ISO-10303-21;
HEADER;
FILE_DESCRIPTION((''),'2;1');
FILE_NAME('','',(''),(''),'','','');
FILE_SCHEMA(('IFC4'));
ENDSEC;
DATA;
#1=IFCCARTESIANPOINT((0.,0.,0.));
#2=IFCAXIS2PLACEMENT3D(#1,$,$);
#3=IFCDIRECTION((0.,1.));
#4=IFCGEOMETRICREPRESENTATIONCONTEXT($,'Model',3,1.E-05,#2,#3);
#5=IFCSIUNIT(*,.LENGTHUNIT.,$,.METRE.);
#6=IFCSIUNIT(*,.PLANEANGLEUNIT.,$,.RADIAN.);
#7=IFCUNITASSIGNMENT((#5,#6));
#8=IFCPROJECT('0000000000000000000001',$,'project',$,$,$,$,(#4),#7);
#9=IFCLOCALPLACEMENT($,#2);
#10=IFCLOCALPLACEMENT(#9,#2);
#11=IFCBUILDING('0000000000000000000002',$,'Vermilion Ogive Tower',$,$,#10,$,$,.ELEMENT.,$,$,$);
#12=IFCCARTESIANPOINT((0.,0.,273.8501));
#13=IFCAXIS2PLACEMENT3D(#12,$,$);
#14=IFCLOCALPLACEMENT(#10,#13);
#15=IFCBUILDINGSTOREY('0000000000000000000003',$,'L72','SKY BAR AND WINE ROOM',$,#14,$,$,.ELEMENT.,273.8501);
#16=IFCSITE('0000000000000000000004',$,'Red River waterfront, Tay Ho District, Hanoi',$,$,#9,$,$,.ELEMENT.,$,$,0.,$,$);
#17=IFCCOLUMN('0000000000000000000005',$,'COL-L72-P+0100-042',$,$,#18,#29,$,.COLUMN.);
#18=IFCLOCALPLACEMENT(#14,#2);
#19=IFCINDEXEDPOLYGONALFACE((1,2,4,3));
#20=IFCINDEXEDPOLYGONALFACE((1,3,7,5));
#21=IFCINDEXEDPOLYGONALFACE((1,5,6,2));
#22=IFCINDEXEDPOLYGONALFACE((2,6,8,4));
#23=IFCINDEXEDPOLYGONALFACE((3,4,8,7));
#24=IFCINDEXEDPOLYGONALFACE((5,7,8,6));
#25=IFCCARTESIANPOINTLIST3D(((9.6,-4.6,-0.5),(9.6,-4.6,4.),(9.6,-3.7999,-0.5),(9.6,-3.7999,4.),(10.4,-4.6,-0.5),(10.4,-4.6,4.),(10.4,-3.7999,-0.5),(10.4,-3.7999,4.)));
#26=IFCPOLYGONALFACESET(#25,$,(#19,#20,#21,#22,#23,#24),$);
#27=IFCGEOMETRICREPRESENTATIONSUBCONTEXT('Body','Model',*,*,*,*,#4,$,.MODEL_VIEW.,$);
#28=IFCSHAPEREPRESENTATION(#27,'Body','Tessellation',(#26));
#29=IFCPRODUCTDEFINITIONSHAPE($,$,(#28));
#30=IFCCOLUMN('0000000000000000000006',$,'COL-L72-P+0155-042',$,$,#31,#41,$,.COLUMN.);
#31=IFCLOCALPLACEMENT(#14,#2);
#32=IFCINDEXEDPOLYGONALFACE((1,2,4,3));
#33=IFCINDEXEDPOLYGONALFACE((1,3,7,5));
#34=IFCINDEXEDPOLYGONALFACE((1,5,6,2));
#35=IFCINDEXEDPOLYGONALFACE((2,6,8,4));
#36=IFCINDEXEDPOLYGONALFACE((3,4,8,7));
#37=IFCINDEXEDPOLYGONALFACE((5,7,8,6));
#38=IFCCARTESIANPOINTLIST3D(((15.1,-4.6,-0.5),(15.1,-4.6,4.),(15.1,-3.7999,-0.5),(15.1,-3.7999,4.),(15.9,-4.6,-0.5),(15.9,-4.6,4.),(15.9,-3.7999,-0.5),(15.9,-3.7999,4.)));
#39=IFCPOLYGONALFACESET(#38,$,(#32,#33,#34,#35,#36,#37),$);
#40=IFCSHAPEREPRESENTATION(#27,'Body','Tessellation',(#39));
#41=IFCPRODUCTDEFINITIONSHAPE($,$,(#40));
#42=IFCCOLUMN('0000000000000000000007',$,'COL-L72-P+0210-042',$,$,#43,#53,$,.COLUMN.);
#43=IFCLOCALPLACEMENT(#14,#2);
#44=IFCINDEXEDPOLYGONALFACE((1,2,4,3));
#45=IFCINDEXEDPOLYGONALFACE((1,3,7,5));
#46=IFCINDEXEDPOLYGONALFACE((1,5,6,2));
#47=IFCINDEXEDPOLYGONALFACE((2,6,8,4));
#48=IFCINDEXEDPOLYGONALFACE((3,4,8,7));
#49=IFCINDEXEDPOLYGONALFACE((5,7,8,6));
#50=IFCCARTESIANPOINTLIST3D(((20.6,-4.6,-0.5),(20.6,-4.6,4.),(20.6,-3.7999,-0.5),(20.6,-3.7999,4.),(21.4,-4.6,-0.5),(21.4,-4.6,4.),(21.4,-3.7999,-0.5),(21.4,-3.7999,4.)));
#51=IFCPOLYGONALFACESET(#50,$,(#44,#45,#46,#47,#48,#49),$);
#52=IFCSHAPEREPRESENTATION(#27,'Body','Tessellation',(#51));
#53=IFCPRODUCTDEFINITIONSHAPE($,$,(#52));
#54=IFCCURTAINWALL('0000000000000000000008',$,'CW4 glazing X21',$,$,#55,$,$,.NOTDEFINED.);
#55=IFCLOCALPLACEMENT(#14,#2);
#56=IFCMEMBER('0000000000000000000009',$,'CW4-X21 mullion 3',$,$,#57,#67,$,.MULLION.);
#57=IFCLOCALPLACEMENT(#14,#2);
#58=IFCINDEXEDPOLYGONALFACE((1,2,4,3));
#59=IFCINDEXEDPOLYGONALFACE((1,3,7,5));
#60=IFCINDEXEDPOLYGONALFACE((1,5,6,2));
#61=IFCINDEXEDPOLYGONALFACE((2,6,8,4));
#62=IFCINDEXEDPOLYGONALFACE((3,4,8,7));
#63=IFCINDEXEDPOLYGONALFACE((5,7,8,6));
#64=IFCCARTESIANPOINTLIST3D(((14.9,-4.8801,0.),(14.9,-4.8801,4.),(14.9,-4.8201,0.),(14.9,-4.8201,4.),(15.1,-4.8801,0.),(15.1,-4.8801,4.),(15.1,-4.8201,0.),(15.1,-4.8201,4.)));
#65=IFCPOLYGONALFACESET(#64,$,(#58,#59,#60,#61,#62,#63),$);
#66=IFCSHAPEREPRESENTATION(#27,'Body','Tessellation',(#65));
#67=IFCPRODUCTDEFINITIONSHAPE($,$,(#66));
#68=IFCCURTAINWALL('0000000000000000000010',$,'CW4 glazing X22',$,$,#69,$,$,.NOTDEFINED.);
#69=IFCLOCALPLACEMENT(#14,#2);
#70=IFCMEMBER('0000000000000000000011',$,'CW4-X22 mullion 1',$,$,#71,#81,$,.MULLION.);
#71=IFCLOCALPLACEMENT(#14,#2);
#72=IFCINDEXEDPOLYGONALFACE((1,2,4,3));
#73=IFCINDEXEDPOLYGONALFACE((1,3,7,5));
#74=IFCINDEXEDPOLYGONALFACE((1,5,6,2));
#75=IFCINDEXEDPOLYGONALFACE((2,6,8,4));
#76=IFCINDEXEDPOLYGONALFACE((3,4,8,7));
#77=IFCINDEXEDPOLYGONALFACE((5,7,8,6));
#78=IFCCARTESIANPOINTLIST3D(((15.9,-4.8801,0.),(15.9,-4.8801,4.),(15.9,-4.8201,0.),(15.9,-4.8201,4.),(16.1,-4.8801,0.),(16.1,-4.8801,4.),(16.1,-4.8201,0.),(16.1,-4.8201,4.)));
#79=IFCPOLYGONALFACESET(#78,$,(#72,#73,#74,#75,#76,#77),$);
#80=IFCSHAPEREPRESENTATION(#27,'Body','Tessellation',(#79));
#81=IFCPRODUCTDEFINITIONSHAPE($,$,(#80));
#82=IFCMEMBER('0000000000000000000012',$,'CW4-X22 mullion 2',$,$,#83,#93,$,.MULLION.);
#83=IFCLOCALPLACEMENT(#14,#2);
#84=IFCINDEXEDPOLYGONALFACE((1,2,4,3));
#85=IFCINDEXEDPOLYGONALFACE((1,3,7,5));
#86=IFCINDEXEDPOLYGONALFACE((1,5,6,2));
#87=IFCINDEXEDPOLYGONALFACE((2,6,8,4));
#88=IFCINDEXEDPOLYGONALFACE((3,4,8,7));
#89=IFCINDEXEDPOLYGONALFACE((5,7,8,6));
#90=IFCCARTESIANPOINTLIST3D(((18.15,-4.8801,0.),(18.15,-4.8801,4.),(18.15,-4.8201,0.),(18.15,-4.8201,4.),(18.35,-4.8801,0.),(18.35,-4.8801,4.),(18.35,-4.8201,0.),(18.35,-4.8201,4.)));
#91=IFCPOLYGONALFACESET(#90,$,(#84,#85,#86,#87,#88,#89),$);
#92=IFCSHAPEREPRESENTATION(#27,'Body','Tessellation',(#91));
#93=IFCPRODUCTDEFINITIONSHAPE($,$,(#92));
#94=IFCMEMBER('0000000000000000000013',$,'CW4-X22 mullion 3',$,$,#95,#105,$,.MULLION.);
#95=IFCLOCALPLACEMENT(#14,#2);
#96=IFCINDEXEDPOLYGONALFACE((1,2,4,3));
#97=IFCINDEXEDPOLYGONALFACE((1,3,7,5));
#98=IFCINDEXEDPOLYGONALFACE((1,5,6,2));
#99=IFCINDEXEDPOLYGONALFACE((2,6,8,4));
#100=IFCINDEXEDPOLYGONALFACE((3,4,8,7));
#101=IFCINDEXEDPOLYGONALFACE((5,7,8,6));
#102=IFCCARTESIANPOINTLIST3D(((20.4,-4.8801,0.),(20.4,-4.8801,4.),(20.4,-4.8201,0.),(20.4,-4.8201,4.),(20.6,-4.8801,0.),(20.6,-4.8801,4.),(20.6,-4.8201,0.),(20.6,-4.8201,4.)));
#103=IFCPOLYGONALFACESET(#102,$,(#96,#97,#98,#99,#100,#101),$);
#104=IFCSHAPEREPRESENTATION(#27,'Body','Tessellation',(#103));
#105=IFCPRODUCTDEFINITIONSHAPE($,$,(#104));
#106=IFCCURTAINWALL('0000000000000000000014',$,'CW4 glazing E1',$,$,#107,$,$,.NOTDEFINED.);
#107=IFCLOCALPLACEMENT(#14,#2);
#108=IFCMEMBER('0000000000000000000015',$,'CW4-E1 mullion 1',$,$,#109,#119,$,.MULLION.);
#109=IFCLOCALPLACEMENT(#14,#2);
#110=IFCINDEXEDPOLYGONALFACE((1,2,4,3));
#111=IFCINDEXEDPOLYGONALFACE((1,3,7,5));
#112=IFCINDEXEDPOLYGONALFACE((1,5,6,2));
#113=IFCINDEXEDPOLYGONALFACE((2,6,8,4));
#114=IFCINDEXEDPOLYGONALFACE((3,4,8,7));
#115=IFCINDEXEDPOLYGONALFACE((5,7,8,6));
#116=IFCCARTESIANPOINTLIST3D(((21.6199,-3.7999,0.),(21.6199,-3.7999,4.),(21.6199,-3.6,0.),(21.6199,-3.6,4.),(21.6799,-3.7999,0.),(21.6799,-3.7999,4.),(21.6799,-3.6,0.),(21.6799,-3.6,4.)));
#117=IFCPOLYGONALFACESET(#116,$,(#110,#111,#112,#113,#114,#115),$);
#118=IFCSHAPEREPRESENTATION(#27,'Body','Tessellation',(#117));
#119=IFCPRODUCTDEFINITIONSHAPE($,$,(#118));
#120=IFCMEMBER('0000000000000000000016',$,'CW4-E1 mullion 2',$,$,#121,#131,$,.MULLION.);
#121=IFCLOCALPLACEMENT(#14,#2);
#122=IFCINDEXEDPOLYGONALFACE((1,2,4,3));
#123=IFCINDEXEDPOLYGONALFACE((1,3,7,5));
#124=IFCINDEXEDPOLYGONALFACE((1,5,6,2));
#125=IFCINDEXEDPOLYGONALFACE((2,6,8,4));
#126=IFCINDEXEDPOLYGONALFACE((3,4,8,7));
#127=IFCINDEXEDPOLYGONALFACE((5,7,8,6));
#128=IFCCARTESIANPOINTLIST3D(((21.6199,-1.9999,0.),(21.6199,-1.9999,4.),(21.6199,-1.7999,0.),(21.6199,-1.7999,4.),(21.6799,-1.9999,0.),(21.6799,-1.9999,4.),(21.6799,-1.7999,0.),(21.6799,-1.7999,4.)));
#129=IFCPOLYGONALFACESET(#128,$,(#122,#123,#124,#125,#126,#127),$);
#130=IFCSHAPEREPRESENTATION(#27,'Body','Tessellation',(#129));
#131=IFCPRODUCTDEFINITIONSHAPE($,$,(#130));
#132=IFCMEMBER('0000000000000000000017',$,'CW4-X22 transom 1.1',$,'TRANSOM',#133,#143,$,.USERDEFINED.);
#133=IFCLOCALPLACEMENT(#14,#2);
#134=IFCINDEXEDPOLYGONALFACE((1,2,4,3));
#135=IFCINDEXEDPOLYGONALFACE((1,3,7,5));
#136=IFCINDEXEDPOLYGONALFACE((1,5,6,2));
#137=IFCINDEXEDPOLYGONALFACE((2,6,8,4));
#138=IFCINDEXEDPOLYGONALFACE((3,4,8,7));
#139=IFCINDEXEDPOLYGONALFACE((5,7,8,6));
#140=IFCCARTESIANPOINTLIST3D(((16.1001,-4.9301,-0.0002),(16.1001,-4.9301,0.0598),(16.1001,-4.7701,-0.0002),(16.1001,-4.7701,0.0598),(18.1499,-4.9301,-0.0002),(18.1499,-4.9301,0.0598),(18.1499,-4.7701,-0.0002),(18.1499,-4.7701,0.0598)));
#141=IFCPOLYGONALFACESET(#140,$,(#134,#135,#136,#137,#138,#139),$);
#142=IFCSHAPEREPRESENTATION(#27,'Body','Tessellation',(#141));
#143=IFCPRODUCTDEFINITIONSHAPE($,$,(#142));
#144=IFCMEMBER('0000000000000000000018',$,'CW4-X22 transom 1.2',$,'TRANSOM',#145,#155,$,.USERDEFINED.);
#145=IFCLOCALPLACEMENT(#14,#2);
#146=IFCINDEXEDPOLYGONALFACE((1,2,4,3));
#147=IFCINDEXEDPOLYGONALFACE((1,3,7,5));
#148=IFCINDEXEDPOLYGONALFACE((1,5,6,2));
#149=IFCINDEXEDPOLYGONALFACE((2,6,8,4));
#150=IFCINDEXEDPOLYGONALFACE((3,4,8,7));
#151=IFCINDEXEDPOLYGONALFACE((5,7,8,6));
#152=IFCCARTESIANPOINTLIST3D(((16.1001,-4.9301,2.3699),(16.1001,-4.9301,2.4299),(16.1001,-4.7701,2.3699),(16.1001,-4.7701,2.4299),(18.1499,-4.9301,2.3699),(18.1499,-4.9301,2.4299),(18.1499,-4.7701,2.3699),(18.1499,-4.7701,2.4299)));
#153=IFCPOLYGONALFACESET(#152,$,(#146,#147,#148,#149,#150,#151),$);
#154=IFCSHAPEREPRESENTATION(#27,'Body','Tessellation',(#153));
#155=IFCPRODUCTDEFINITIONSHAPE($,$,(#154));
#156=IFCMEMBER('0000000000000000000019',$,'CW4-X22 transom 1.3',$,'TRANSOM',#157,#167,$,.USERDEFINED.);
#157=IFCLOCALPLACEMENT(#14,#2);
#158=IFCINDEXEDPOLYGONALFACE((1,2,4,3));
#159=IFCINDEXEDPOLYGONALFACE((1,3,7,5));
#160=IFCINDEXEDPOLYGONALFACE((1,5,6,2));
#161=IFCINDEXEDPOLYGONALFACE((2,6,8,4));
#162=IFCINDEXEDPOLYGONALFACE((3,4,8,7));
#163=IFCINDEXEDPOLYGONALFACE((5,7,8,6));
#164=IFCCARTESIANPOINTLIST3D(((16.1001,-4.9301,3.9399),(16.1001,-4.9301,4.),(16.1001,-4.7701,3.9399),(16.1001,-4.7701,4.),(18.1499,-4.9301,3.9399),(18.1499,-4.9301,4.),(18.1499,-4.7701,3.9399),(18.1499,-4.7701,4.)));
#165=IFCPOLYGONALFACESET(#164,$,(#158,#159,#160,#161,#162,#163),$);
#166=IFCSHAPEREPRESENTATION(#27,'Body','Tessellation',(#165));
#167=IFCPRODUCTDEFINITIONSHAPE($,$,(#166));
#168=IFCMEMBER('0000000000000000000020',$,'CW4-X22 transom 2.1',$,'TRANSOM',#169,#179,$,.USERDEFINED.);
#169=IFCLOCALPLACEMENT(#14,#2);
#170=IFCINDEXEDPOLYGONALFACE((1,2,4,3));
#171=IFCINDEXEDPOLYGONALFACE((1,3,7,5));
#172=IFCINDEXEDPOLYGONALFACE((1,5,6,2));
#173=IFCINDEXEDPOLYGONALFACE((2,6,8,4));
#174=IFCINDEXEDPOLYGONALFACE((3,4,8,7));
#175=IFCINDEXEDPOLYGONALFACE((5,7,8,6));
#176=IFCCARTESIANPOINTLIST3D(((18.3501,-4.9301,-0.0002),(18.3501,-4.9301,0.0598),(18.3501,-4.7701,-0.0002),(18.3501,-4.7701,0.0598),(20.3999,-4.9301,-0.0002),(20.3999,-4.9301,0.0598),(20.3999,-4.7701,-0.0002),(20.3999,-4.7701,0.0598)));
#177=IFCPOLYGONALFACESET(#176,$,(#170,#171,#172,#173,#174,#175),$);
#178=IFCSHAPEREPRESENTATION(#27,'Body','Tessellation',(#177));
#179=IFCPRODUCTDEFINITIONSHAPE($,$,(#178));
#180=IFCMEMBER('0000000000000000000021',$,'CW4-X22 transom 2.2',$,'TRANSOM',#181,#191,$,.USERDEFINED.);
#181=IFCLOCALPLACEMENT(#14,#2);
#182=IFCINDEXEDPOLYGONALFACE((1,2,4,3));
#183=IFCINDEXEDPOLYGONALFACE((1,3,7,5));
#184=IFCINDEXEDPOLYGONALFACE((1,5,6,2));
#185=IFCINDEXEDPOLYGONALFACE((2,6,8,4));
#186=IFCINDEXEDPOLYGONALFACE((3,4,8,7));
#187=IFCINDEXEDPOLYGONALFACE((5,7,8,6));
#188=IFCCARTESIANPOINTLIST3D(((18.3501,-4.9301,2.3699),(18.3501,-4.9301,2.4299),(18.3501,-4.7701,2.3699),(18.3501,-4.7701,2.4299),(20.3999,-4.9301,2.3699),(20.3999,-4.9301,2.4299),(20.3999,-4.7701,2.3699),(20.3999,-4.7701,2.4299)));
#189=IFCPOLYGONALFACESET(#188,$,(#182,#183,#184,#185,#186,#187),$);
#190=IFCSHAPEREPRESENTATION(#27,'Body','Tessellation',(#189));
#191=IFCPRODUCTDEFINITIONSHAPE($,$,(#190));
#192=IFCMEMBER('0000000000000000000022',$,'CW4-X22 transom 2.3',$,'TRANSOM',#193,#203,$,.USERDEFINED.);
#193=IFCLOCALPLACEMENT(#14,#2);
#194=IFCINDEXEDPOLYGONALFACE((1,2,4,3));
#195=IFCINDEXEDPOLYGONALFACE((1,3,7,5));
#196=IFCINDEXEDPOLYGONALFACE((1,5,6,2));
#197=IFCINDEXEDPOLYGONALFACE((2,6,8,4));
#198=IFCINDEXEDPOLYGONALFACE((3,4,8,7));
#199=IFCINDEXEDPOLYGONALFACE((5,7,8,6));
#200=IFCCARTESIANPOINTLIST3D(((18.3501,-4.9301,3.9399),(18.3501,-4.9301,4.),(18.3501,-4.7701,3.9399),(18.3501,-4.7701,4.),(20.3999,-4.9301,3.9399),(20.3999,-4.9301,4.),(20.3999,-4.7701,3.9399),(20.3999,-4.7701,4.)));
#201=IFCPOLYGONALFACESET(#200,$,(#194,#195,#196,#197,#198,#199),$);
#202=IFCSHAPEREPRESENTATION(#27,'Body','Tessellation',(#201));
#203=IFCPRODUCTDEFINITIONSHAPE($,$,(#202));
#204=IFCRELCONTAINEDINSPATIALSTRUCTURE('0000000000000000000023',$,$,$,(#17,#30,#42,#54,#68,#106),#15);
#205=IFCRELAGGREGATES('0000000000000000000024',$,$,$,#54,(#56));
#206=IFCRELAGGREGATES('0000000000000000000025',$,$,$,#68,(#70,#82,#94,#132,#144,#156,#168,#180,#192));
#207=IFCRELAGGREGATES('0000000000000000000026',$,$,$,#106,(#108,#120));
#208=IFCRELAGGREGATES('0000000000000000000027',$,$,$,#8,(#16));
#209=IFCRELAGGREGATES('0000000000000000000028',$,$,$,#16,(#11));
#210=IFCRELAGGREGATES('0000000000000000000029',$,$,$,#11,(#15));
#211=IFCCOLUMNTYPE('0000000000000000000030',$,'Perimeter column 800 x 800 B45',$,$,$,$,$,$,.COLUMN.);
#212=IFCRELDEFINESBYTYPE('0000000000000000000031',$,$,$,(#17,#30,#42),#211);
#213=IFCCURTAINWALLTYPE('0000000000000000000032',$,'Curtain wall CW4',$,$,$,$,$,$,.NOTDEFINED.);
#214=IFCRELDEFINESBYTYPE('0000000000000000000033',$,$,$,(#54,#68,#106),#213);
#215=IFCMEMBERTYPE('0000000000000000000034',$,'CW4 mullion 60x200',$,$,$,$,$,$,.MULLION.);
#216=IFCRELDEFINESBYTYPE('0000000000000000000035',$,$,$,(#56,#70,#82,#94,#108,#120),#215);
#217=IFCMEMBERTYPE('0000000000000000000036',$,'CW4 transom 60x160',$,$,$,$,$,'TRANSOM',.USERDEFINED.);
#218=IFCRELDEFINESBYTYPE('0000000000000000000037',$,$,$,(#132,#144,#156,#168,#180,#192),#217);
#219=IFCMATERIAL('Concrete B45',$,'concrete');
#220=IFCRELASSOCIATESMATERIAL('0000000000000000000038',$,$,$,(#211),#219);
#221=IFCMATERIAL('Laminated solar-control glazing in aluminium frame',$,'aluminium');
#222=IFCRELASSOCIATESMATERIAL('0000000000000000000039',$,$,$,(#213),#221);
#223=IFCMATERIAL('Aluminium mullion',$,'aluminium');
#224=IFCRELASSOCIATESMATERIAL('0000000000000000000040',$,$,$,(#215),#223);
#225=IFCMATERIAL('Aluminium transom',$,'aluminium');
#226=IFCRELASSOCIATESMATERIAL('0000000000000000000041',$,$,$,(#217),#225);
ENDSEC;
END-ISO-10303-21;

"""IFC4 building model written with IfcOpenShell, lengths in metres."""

from ifc_helpers import new_model, si_unit, direction, frame, origin, origin_2d, place, context, subcontext, project, spatial, rectangle, extrude, material, material_profile, profile_set, type_object, element, aggregate, save


model = new_model("IFC4")

# Units and contexts
model_context = context("Model", 3, precision=1e-05, world=origin(), true_north=direction((0.0, 1.0)))
body_context = subcontext(model_context, "Body", "Model", "MODEL_VIEW")
ifc_project = project(units=[si_unit("LENGTHUNIT", "METRE"), si_unit("PLANEANGLEUNIT", "RADIAN")], contexts=[model_context])

# Site, building, storey
site_placement = place(None, origin())
site = spatial("IfcSite", under=ifc_project, at=site_placement, Name="Red River waterfront, Tay Ho District, Hanoi", CompositionType="ELEMENT", RefElevation=0.0)
building_placement = place(site_placement, origin())
building = spatial("IfcBuilding", under=site, at=building_placement, Name="Vermilion Ogive Tower", CompositionType="ELEMENT")
storey_placement = place(building_placement, frame((0.0, 0.0, 273.8501)))
storey = spatial("IfcBuildingStorey", under=building, at=storey_placement, Name="L72", Description="SKY BAR AND WINE ROOM", CompositionType="ELEMENT", Elevation=273.8501)

# Columns
ifc_material_1 = material(Name="Concrete B45", Category="concrete")
ifc_material_profile_1 = material_profile(ifc_material_1, rectangle(XDim=0.8, YDim=0.8, at=origin_2d()), Name="800 x 800")
ifc_profile_set_1 = profile_set([ifc_material_profile_1], Name="Concrete B45")
column_type = type_object("IfcColumnType", Name="Perimeter column 800 x 800 B45", PredefinedType="COLUMN", material=ifc_profile_set_1)
for number, where, z_axis, x_axis, name in (
    (1, (10.0, -4.2, -0.5), (0.0, 0.0, 1.0), (1.0, 0.0, 0.0), "COL-L72-P+0100-042"),
    (2, (15.5, -4.2, -0.5), (0.0, 0.0, 1.0), (1.0, 0.0, 0.0), "COL-L72-P+0155-042"),
    (3, (21.0, -4.2, -0.5), (0.0, 0.0, 1.0), (1.0, 0.0, 0.0), "COL-L72-P+0210-042"),
):
    element("IfcColumn", number, at=place(storey_placement, frame(where, z_axis=z_axis, x_axis=x_axis)), inside=storey, type_object=column_type, Name=name, PredefinedType="COLUMN", context=body_context, shape_type="SweptSolid", body=[
        extrude(rectangle(XDim=0.8, YDim=0.8, at=origin_2d()), origin(), (0.0, 0.0, 1.0), 4.5),
    ])

# Curtain wall, member
ifc_material_2 = material(Name="Laminated solar-control glazing in aluminium frame", Category="aluminium")
curtain_wall_type = type_object("IfcCurtainWallType", Name="Curtain wall CW4", PredefinedType="NOTDEFINED", material=ifc_material_2)
curtain_wall_1_placement = place(storey_placement, origin())
curtain_wall_1 = element("IfcCurtainWall", 4, at=curtain_wall_1_placement, inside=storey, type_object=curtain_wall_type, Name="CW4 glazing X21", PredefinedType="NOTDEFINED")
ifc_material_3 = material(Name="Aluminium mullion", Category="aluminium")
ifc_material_profile_2 = material_profile(ifc_material_3, rectangle(XDim=0.0601, YDim=0.2, at=origin_2d()), Name="AL 60x200")
ifc_profile_set_2 = profile_set([ifc_material_profile_2], Name="Aluminium mullion")
member_type_1 = type_object("IfcMemberType", Name="CW4 mullion 60x200", PredefinedType="MULLION", material=ifc_profile_set_2)
member_1_placement = place(storey_placement, frame((15.0, -4.8501, 0.0), z_axis=(0.0, 0.0, 1.0), x_axis=(0.0, 1.0, 0.0)))
member_1 = element("IfcMember", 5, at=member_1_placement, type_object=member_type_1, Name="CW4-X21 mullion 3", PredefinedType="MULLION", context=body_context, shape_type="SweptSolid", body=[
    extrude(rectangle(XDim=0.0601, YDim=0.2, at=origin_2d()), origin(), (0.0, 0.0, 1.0), 4.0),
])
aggregate(curtain_wall_1, [member_1])

# Curtain walls, members
curtain_wall_2_placement = place(storey_placement, origin())
curtain_wall_2 = element("IfcCurtainWall", 6, at=curtain_wall_2_placement, inside=storey, type_object=curtain_wall_type, Name="CW4 glazing X22", PredefinedType="NOTDEFINED")
member_2_placement = place(storey_placement, frame((16.0, -4.8501, 0.0), z_axis=(0.0, 0.0, 1.0), x_axis=(0.0, 1.0, 0.0)))
member_2 = element("IfcMember", 7, at=member_2_placement, type_object=member_type_1, Name="CW4-X22 mullion 1", PredefinedType="MULLION", context=body_context, shape_type="SweptSolid", body=[
    extrude(rectangle(XDim=0.0601, YDim=0.2, at=origin_2d()), origin(), (0.0, 0.0, 1.0), 4.0),
])
member_3_placement = place(storey_placement, frame((18.25, -4.8501, 0.0), z_axis=(0.0, 0.0, 1.0), x_axis=(0.0, 1.0, 0.0)))
member_3 = element("IfcMember", 8, at=member_3_placement, type_object=member_type_1, Name="CW4-X22 mullion 2", PredefinedType="MULLION", context=body_context, shape_type="SweptSolid", body=[
    extrude(rectangle(XDim=0.0601, YDim=0.2, at=origin_2d()), origin(), (0.0, 0.0, 1.0), 4.0),
])
member_4_placement = place(storey_placement, frame((20.5, -4.8501, 0.0), z_axis=(0.0, 0.0, 1.0), x_axis=(0.0, 1.0, 0.0)))
member_4 = element("IfcMember", 9, at=member_4_placement, type_object=member_type_1, Name="CW4-X22 mullion 3", PredefinedType="MULLION", context=body_context, shape_type="SweptSolid", body=[
    extrude(rectangle(XDim=0.0601, YDim=0.2, at=origin_2d()), origin(), (0.0, 0.0, 1.0), 4.0),
])
curtain_wall_3_placement = place(storey_placement, origin())
curtain_wall_3 = element("IfcCurtainWall", 10, at=curtain_wall_3_placement, inside=storey, type_object=curtain_wall_type, Name="CW4 glazing E1", PredefinedType="NOTDEFINED")
member_5_placement = place(storey_placement, frame((21.6499, -3.7, 0.0), z_axis=(0.0, 0.0, 1.0), x_axis=(-1.0, 0.0, 0.0)))
member_5 = element("IfcMember", 11, at=member_5_placement, type_object=member_type_1, Name="CW4-E1 mullion 1", PredefinedType="MULLION", context=body_context, shape_type="SweptSolid", body=[
    extrude(rectangle(XDim=0.0601, YDim=0.2, at=origin_2d()), origin(), (0.0, 0.0, 1.0), 4.0),
])
member_6_placement = place(storey_placement, frame((21.6499, -1.8999, 0.0), z_axis=(0.0, 0.0, 1.0), x_axis=(-1.0, 0.0, 0.0)))
member_6 = element("IfcMember", 12, at=member_6_placement, type_object=member_type_1, Name="CW4-E1 mullion 2", PredefinedType="MULLION", context=body_context, shape_type="SweptSolid", body=[
    extrude(rectangle(XDim=0.0601, YDim=0.2, at=origin_2d()), origin(), (0.0, 0.0, 1.0), 4.0),
])

# Members
ifc_material_4 = material(Name="Aluminium transom", Category="aluminium")
ifc_material_profile_3 = material_profile(ifc_material_4, rectangle(XDim=0.1599, YDim=0.0601, at=origin_2d()), Name="AL 60x160")
ifc_profile_set_3 = profile_set([ifc_material_profile_3], Name="Aluminium transom")
member_type_2 = type_object("IfcMemberType", Name="CW4 transom 60x160", ElementType="TRANSOM", PredefinedType="USERDEFINED", material=ifc_profile_set_3)
member_7_placement = place(storey_placement, frame((16.1001, -4.8501, 0.0298), z_axis=(1.0, 0.0, 0.0), x_axis=(0.0, 1.0, 0.0)))
member_7 = element("IfcMember", 13, at=member_7_placement, type_object=member_type_2, Name="CW4-X22 transom 1.1", ObjectType="TRANSOM", PredefinedType="USERDEFINED", context=body_context, shape_type="SweptSolid", body=[
    extrude(rectangle(XDim=0.1599, YDim=0.0601, at=origin_2d()), origin(), (0.0, 0.0, 1.0), 2.0498),
])
member_8_placement = place(storey_placement, frame((16.1001, -4.8501, 2.3999), z_axis=(1.0, 0.0, 0.0), x_axis=(0.0, 1.0, 0.0)))
member_8 = element("IfcMember", 14, at=member_8_placement, type_object=member_type_2, Name="CW4-X22 transom 1.2", ObjectType="TRANSOM", PredefinedType="USERDEFINED", context=body_context, shape_type="SweptSolid", body=[
    extrude(rectangle(XDim=0.1599, YDim=0.0601, at=origin_2d()), origin(), (0.0, 0.0, 1.0), 2.0498),
])
member_9_placement = place(storey_placement, frame((16.1001, -4.8501, 3.97), z_axis=(1.0, 0.0, 0.0), x_axis=(0.0, 1.0, 0.0)))
member_9 = element("IfcMember", 15, at=member_9_placement, type_object=member_type_2, Name="CW4-X22 transom 1.3", ObjectType="TRANSOM", PredefinedType="USERDEFINED", context=body_context, shape_type="SweptSolid", body=[
    extrude(rectangle(XDim=0.1599, YDim=0.0601, at=origin_2d()), origin(), (0.0, 0.0, 1.0), 2.0498),
])
member_10_placement = place(storey_placement, frame((18.3501, -4.8501, 0.0298), z_axis=(1.0, 0.0, 0.0), x_axis=(0.0, 1.0, 0.0)))
member_10 = element("IfcMember", 16, at=member_10_placement, type_object=member_type_2, Name="CW4-X22 transom 2.1", ObjectType="TRANSOM", PredefinedType="USERDEFINED", context=body_context, shape_type="SweptSolid", body=[
    extrude(rectangle(XDim=0.1599, YDim=0.0601, at=origin_2d()), origin(), (0.0, 0.0, 1.0), 2.0498),
])
member_11_placement = place(storey_placement, frame((18.3501, -4.8501, 2.3999), z_axis=(1.0, 0.0, 0.0), x_axis=(0.0, 1.0, 0.0)))
member_11 = element("IfcMember", 17, at=member_11_placement, type_object=member_type_2, Name="CW4-X22 transom 2.2", ObjectType="TRANSOM", PredefinedType="USERDEFINED", context=body_context, shape_type="SweptSolid", body=[
    extrude(rectangle(XDim=0.1599, YDim=0.0601, at=origin_2d()), origin(), (0.0, 0.0, 1.0), 2.0498),
])
member_12_placement = place(storey_placement, frame((18.3501, -4.8501, 3.97), z_axis=(1.0, 0.0, 0.0), x_axis=(0.0, 1.0, 0.0)))
member_12 = element("IfcMember", 18, at=member_12_placement, type_object=member_type_2, Name="CW4-X22 transom 2.3", ObjectType="TRANSOM", PredefinedType="USERDEFINED", context=body_context, shape_type="SweptSolid", body=[
    extrude(rectangle(XDim=0.1599, YDim=0.0601, at=origin_2d()), origin(), (0.0, 0.0, 1.0), 2.0498),
])

aggregate(curtain_wall_2, [member_2, member_3, member_4, member_7, member_8, member_9, member_10, member_11, member_12])
aggregate(curtain_wall_3, [member_5, member_6])

save(model, "model.ifc")
